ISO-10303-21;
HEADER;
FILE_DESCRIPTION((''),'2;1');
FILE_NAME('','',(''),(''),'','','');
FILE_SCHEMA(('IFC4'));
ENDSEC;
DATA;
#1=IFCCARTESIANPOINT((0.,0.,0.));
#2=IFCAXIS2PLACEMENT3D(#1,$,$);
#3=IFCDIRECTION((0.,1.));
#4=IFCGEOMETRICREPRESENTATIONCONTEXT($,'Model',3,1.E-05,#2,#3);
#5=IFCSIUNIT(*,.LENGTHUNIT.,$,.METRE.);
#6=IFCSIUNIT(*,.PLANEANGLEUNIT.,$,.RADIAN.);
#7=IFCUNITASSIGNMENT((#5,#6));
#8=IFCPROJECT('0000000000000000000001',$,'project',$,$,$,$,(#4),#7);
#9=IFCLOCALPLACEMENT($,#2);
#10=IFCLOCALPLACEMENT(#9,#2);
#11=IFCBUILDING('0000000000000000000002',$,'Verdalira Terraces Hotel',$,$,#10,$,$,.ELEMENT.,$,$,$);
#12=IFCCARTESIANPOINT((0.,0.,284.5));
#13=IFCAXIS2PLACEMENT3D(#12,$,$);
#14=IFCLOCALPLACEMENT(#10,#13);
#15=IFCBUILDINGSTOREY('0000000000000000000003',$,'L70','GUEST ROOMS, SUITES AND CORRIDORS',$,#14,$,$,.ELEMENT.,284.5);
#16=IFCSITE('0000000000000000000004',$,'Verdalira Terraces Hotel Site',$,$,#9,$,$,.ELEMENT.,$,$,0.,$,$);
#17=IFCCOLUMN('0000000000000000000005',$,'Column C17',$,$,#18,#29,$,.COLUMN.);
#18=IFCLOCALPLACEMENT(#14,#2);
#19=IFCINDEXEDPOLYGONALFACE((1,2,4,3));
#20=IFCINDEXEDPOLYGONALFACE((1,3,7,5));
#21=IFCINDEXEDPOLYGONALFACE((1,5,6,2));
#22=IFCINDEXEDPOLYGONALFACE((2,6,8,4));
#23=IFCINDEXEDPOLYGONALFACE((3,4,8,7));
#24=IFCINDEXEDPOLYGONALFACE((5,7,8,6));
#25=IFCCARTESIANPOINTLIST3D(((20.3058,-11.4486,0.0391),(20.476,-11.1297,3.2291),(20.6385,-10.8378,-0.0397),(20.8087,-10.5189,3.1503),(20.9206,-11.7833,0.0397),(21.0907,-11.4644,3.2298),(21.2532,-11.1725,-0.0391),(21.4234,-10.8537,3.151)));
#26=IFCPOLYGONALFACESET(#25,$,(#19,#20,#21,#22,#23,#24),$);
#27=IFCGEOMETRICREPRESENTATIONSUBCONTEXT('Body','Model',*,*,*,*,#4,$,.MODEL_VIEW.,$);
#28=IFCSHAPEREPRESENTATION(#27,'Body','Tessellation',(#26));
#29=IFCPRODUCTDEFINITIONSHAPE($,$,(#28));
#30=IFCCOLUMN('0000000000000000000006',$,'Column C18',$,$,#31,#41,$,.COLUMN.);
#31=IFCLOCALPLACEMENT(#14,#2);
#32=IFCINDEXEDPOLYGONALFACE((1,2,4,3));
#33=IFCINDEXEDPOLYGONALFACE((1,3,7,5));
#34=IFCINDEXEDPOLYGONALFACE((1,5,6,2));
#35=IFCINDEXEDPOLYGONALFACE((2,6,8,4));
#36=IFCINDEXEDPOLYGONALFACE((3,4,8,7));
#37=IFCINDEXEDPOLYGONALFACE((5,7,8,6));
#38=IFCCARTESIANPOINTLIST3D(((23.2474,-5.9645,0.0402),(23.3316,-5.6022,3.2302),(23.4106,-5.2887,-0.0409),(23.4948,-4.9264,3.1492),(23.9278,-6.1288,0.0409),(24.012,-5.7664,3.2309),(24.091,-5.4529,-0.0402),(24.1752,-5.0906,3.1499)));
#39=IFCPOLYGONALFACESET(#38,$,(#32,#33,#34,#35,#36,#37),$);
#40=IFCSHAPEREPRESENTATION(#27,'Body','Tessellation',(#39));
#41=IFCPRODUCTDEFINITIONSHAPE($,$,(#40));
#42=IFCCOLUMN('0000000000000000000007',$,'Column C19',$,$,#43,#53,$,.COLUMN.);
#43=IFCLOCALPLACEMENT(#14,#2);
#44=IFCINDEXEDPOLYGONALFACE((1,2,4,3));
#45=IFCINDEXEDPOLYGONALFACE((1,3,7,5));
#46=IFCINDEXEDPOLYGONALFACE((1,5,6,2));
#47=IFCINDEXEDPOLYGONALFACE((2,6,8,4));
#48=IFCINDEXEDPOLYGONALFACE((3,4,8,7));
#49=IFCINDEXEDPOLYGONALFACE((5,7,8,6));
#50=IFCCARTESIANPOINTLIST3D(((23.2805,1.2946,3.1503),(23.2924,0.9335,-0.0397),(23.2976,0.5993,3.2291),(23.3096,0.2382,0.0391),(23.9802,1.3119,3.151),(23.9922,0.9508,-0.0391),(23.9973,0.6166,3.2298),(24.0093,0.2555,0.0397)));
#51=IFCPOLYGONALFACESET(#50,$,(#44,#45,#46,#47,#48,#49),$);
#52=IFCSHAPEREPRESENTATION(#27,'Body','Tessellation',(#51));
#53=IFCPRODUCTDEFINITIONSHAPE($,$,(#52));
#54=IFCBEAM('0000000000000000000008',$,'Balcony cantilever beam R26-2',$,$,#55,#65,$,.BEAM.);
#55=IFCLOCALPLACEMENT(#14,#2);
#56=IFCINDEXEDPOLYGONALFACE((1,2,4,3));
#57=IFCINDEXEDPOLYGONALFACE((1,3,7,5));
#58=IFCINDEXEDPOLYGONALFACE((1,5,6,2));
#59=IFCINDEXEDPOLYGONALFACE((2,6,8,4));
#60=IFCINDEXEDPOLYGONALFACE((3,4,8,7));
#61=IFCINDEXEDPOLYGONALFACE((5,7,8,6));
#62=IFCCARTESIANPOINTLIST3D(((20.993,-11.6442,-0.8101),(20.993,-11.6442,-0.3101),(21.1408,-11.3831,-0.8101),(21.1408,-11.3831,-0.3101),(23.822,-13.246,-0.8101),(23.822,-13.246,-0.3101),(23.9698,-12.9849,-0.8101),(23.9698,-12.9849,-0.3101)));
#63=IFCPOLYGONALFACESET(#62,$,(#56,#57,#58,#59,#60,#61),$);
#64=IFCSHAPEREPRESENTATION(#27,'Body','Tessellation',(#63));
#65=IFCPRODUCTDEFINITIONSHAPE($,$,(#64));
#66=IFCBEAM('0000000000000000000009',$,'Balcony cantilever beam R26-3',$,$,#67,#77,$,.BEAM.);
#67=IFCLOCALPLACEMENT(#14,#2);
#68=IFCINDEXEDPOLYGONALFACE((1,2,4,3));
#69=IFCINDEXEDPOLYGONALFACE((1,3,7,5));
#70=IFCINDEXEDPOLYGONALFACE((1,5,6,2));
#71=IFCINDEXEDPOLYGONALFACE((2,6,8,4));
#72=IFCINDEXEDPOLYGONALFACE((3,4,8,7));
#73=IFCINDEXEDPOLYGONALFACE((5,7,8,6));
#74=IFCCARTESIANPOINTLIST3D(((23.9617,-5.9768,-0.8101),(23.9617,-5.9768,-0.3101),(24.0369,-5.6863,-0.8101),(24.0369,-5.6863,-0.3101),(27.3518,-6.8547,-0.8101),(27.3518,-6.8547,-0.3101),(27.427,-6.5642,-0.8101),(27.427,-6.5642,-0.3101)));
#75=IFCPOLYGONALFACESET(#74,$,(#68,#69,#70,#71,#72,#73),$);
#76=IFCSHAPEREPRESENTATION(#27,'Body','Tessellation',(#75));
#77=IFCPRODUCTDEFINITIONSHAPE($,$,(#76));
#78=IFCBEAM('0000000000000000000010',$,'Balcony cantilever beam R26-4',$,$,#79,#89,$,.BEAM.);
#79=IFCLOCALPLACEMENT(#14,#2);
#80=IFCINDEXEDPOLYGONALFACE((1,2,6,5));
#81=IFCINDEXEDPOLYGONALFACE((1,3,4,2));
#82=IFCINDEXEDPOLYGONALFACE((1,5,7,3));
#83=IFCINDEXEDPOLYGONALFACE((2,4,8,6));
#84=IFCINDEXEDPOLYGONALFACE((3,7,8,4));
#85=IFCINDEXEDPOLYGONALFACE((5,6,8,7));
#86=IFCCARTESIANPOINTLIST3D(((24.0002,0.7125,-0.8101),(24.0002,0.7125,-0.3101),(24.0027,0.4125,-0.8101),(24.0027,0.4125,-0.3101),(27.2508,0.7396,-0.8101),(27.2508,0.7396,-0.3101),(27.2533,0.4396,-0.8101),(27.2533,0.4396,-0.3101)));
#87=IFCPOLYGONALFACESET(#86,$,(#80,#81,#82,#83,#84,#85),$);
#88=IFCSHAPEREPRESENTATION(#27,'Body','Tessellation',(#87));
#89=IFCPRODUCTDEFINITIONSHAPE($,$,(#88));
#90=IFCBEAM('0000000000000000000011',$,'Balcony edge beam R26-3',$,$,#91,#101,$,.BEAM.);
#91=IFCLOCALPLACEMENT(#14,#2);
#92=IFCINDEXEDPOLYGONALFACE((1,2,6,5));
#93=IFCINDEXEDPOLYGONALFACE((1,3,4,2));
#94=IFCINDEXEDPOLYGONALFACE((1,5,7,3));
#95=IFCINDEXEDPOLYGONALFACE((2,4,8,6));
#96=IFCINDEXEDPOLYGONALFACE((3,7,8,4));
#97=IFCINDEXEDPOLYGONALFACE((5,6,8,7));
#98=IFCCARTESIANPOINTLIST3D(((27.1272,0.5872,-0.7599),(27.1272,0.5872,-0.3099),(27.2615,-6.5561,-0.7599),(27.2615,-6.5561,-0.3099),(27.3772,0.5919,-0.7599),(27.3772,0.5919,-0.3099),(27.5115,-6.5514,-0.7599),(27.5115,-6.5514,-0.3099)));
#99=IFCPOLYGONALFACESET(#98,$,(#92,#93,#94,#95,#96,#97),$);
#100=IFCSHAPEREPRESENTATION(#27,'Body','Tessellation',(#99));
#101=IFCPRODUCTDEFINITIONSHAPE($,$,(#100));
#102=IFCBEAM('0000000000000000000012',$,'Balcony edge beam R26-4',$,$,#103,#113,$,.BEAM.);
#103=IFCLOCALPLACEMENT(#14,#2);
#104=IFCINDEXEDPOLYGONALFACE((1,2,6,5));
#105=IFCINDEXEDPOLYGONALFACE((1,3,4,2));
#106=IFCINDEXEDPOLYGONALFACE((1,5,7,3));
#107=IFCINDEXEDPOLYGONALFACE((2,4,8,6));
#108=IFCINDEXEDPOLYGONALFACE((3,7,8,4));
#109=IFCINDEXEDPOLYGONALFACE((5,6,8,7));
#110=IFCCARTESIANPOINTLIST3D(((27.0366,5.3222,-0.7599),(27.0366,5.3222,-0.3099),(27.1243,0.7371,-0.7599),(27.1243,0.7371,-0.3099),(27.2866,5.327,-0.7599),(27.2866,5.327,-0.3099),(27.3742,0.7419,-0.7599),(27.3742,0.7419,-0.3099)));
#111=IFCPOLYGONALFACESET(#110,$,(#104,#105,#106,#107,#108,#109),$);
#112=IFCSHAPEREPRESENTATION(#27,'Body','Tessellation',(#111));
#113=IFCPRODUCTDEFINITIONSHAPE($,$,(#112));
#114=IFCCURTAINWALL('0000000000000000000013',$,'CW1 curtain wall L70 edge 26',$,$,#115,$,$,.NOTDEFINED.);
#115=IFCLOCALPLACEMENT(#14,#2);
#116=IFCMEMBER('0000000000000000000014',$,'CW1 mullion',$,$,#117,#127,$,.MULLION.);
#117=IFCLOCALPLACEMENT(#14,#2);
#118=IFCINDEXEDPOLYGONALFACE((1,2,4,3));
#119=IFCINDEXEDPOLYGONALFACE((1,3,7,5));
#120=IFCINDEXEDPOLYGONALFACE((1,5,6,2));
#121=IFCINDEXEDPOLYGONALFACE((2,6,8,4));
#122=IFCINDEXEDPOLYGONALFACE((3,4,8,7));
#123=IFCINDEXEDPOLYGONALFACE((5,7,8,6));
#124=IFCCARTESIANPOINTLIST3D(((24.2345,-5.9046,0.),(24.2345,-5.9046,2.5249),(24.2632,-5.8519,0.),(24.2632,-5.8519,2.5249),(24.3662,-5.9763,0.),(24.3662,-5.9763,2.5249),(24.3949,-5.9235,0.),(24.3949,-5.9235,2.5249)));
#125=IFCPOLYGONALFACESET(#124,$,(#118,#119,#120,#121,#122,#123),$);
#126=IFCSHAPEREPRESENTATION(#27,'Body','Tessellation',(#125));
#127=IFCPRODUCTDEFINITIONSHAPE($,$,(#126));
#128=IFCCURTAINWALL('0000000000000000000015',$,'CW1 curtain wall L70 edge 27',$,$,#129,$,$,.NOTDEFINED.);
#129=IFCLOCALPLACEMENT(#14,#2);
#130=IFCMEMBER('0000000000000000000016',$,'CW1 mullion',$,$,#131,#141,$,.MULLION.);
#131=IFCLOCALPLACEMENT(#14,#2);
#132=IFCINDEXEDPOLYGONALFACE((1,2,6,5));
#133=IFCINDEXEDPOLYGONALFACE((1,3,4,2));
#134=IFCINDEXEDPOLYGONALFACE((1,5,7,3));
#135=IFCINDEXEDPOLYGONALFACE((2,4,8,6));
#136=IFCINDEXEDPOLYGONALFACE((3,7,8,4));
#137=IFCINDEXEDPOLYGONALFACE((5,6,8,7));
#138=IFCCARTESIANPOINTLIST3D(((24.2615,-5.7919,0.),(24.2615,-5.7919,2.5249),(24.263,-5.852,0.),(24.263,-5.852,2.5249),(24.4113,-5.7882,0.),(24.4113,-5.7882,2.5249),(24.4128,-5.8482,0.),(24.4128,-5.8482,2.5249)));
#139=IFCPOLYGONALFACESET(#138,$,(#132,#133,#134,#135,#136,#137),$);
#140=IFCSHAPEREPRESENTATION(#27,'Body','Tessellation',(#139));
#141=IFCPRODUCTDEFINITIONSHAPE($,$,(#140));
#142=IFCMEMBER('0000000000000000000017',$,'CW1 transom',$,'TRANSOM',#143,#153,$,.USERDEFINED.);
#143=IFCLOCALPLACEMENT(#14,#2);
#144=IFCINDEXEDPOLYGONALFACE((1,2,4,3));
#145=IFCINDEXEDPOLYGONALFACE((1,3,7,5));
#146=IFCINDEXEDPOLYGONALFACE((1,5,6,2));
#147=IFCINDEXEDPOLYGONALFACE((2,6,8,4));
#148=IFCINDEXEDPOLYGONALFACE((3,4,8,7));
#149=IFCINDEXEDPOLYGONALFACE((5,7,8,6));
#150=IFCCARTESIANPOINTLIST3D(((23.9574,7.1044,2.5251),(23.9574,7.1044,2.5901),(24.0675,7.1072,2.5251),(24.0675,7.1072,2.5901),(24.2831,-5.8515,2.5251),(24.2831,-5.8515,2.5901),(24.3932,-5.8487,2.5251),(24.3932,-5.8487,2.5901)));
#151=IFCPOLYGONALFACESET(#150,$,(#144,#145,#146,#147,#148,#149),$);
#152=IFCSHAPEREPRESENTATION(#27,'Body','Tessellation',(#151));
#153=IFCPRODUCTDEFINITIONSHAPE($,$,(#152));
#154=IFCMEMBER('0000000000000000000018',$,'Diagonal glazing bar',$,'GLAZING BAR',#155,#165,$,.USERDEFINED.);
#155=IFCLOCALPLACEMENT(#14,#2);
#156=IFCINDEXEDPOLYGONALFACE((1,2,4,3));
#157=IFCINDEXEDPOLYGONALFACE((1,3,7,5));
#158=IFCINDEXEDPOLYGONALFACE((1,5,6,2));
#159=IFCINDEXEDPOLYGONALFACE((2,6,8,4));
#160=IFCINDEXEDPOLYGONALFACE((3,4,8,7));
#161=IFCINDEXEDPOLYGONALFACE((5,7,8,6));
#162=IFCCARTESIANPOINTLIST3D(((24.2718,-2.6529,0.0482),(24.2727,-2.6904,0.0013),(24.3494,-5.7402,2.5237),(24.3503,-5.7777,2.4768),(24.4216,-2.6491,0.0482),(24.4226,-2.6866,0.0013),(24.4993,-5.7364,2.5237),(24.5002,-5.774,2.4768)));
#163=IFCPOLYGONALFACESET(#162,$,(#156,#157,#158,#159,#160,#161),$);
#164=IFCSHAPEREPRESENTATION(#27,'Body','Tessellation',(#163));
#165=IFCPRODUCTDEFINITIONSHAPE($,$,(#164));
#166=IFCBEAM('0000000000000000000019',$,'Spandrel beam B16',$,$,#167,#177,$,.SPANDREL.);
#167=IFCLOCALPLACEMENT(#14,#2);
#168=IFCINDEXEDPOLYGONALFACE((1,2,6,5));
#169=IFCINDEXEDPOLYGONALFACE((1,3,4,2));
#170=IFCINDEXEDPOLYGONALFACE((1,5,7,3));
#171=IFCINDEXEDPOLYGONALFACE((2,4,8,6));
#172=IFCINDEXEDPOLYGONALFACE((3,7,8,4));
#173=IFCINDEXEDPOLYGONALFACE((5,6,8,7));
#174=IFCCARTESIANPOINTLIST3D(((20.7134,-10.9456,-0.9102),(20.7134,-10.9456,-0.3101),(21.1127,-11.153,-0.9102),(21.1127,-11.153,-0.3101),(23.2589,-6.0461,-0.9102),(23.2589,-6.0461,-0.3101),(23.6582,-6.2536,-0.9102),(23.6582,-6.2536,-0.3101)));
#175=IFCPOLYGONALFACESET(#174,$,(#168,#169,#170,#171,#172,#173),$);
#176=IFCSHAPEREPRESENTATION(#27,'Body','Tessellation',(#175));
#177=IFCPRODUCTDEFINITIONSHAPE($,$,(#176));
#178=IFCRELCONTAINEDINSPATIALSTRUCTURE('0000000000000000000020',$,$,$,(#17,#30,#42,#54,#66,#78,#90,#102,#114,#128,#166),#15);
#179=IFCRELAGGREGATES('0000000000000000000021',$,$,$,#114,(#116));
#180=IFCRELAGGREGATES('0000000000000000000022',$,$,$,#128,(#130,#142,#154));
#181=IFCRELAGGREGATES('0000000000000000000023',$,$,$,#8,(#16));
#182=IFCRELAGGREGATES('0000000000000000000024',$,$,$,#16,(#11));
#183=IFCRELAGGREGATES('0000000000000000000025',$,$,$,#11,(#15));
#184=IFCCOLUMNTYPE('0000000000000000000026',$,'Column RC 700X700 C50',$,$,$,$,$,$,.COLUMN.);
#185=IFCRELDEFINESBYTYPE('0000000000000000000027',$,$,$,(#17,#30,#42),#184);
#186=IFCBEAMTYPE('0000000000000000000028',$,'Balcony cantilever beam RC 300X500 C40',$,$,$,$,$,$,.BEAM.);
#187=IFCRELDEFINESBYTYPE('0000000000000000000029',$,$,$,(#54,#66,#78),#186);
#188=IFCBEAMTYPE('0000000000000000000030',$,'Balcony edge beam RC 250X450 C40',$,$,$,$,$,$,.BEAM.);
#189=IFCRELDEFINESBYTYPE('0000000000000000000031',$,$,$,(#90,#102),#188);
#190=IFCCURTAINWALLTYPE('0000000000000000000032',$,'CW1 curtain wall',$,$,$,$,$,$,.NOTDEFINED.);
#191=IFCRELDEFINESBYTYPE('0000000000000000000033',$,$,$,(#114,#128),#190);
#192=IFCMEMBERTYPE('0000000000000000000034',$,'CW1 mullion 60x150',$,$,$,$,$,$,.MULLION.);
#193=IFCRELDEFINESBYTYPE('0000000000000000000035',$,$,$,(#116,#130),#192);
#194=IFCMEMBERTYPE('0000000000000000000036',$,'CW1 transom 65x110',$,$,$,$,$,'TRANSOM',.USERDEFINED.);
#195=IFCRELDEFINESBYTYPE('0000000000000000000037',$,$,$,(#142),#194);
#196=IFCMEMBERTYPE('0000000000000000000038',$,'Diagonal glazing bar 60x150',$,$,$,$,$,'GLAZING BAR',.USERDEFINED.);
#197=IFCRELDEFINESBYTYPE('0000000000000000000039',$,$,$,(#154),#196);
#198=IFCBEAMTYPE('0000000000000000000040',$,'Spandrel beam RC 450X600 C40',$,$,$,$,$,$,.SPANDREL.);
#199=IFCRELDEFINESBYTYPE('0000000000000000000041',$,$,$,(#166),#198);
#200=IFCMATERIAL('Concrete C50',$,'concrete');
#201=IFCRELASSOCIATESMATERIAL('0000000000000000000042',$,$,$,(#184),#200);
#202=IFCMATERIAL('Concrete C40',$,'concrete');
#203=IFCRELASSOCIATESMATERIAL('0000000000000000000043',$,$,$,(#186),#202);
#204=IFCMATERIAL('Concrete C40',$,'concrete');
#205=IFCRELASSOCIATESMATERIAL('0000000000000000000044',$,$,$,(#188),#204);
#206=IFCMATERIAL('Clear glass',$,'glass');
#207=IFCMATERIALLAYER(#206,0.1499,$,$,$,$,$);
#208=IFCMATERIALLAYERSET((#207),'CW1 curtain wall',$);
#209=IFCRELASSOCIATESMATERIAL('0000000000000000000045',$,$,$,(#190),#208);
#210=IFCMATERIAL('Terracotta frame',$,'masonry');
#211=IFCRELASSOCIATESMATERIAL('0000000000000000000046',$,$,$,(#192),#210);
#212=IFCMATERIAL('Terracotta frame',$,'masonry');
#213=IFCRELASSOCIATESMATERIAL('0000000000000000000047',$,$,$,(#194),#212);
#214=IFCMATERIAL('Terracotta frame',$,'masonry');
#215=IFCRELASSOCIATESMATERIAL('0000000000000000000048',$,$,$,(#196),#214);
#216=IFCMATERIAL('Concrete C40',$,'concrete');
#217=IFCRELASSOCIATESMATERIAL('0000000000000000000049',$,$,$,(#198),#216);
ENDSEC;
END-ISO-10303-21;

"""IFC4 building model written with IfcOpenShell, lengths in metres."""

from ifc_helpers import new_model, si_unit, direction, frame, origin, origin_2d, place, context, subcontext, project, spatial, rectangle, extrude, material, layer, layer_set, material_profile, profile_set, type_object, element, aggregate, save


model = new_model("IFC4")

# Units and contexts
model_context = context("Model", 3, precision=1e-05, world=origin(), true_north=direction((0.0, 1.0)))
body_context = subcontext(model_context, "Body", "Model", "MODEL_VIEW")
ifc_project = project(units=[si_unit("LENGTHUNIT", "METRE"), si_unit("PLANEANGLEUNIT", "RADIAN")], contexts=[model_context])

# Site, building, storey
site_placement = place(None, origin())
site = spatial("IfcSite", under=ifc_project, at=site_placement, Name="Verdalira Terraces Hotel Site", CompositionType="ELEMENT", RefElevation=0.0)
building_placement = place(site_placement, origin())
building = spatial("IfcBuilding", under=site, at=building_placement, Name="Verdalira Terraces Hotel", CompositionType="ELEMENT")
storey_placement = place(building_placement, frame((0.0, 0.0, 284.5)))
storey = spatial("IfcBuildingStorey", under=building, at=storey_placement, Name="L70", Description="GUEST ROOMS, SUITES AND CORRIDORS", CompositionType="ELEMENT", Elevation=284.5)

# Columns
ifc_material_1 = material(Name="Concrete C50", Category="concrete")
ifc_material_profile_1 = material_profile(ifc_material_1, rectangle(XDim=0.7, YDim=0.7, at=origin_2d()), Name="RC 700X700")
ifc_profile_set_1 = profile_set([ifc_material_profile_1], Name="Concrete C50")
column_type = type_object("IfcColumnType", Name="Column RC 700X700 C50", PredefinedType="COLUMN", material=ifc_profile_set_1)
column_1_placement = place(storey_placement, frame((20.7795, -11.3105, 0.0), z_axis=(0.053005, 0.099319, 0.993643), x_axis=(0.475262, 0.872613, -0.112574)))
element("IfcColumn", 1, at=column_1_placement, inside=storey, type_object=column_type, Name="Column C17", PredefinedType="COLUMN", context=body_context, shape_type="SweptSolid", body=[
    extrude(rectangle(XDim=0.7, YDim=0.7, at=origin_2d()), origin(), (0.0, 0.0, 1.0), 3.2104),
])
column_2_placement = place(storey_placement, frame((23.6692, -5.7087, 0.0), z_axis=(0.026227, 0.112813, 0.99327), x_axis=(-0.233123, -0.965526, 0.115817)))
element("IfcColumn", 2, at=column_2_placement, inside=storey, type_object=column_type, Name="Column C18", PredefinedType="COLUMN", context=body_context, shape_type="SweptSolid", body=[
    extrude(rectangle(XDim=0.7, YDim=0.7, at=origin_2d()), origin(), (0.0, 0.0, 1.0), 3.2117),
])
column_3_placement = place(storey_placement, frame((23.6509, 0.5945, 0.0), z_axis=(-0.003726, 0.112475, 0.993648), x_axis=(-0.024474, 0.993347, -0.112533)))
element("IfcColumn", 3, at=column_3_placement, inside=storey, type_object=column_type, Name="Column C19", PredefinedType="COLUMN", context=body_context, shape_type="SweptSolid", body=[
    extrude(rectangle(XDim=0.7, YDim=0.7, at=origin_2d()), origin(), (0.0, 0.0, 1.0), 3.2104),
])

# Beams
ifc_material_2 = material(Name="Concrete C40", Category="concrete")
ifc_material_profile_2 = material_profile(ifc_material_2, rectangle(XDim=0.3, YDim=0.5, at=origin_2d()), Name="RC 300X500")
ifc_profile_set_2 = profile_set([ifc_material_profile_2], Name="Concrete C40")
beam_type_1 = type_object("IfcBeamType", Name="Balcony cantilever beam RC 300X500 C40", PredefinedType="BEAM", material=ifc_profile_set_2)
beam_1_placement = place(storey_placement, frame((21.0669, -11.5137, -0.5601), z_axis=(0.8702, -0.492698, 0.0), x_axis=(0.492698, 0.8702, 0.0)))
element("IfcBeam", 4, at=beam_1_placement, inside=storey, type_object=beam_type_1, Name="Balcony cantilever beam R26-2", PredefinedType="BEAM", context=body_context, shape_type="SweptSolid", body=[
    extrude(rectangle(XDim=0.3, YDim=0.5, at=origin_2d()), origin(), (0.0, 0.0, 1.0), 3.251),
])
beam_2_placement = place(storey_placement, frame((23.9993, -5.8315, -0.5601), z_axis=(0.968066, -0.250696, 0.0), x_axis=(0.250696, 0.968066, 0.0)))
element("IfcBeam", 5, at=beam_2_placement, inside=storey, type_object=beam_type_1, Name="Balcony cantilever beam R26-3", PredefinedType="BEAM", context=body_context, shape_type="SweptSolid", body=[
    extrude(rectangle(XDim=0.3, YDim=0.5, at=origin_2d()), origin(), (0.0, 0.0, 1.0), 3.502),
])
beam_3_placement = place(storey_placement, frame((24.0015, 0.5625, -0.5601), z_axis=(0.999965, 0.008336, 0.0), x_axis=(-0.008336, 0.999965, 0.0)))
element("IfcBeam", 6, at=beam_3_placement, inside=storey, type_object=beam_type_1, Name="Balcony cantilever beam R26-4", PredefinedType="BEAM", context=body_context, shape_type="SweptSolid", body=[
    extrude(rectangle(XDim=0.3, YDim=0.5, at=origin_2d()), origin(), (0.0, 0.0, 1.0), 3.2507),
])
ifc_material_3 = material(Name="Concrete C40", Category="concrete")
ifc_material_profile_3 = material_profile(ifc_material_3, rectangle(XDim=0.25, YDim=0.45, at=origin_2d()), Name="RC 250X450")
ifc_profile_set_3 = profile_set([ifc_material_profile_3], Name="Concrete C40")
beam_type_2 = type_object("IfcBeamType", Name="Balcony edge beam RC 250X450 C40", PredefinedType="BEAM", material=ifc_profile_set_3)
beam_4_placement = place(storey_placement, frame((27.3865, -6.5537, -0.5349), z_axis=(-0.018794, 0.999823, 0.0), x_axis=(-0.999823, -0.018794, 0.0)))
element("IfcBeam", 7, at=beam_4_placement, inside=storey, type_object=beam_type_2, Name="Balcony edge beam R26-3", PredefinedType="BEAM", context=body_context, shape_type="SweptSolid", body=[
    extrude(rectangle(XDim=0.25, YDim=0.45, at=origin_2d()), origin(), (0.0, 0.0, 1.0), 7.1445),
])
beam_5_placement = place(storey_placement, frame((27.2493, 0.7395, -0.5349), z_axis=(-0.019112, 0.999817, 0.0), x_axis=(-0.999817, -0.019112, 0.0)))
element("IfcBeam", 8, at=beam_5_placement, inside=storey, type_object=beam_type_2, Name="Balcony edge beam R26-4", PredefinedType="BEAM", context=body_context, shape_type="SweptSolid", body=[
    extrude(rectangle(XDim=0.25, YDim=0.45, at=origin_2d()), origin(), (0.0, 0.0, 1.0), 4.5859),
])

# Curtain wall, member
ifc_material_4 = material(Name="Clear glass", Category="glass")
ifc_layer_1 = layer(ifc_material_4, 0.1499)
ifc_layer_set_1 = layer_set([ifc_layer_1], Name="CW1 curtain wall")
curtain_wall_type = type_object("IfcCurtainWallType", Name="CW1 curtain wall", PredefinedType="NOTDEFINED", material=ifc_layer_set_1)
curtain_wall_1_placement = place(storey_placement, origin())
curtain_wall_1 = element("IfcCurtainWall", 9, at=curtain_wall_1_placement, inside=storey, type_object=curtain_wall_type, Name="CW1 curtain wall L70 edge 26", PredefinedType="NOTDEFINED")
ifc_material_5 = material(Name="Terracotta frame", Category="masonry")
ifc_material_profile_4 = material_profile(ifc_material_5, rectangle(XDim=0.0601, YDim=0.1499, at=origin_2d()), Name="MU 60x150")
ifc_profile_set_4 = profile_set([ifc_material_profile_4], Name="Terracotta frame")
member_type_1 = type_object("IfcMemberType", Name="CW1 mullion 60x150", PredefinedType="MULLION", material=ifc_profile_set_4)
member_1_placement = place(storey_placement, frame((24.3147, -5.9141, 0.0), z_axis=(0.0, 0.0, 1.0), x_axis=(0.478079, 0.878317, 0.0)))
member_1 = element("IfcMember", 10, at=member_1_placement, type_object=member_type_1, Name="CW1 mullion", PredefinedType="MULLION", context=body_context, shape_type="SweptSolid", body=[
    extrude(rectangle(XDim=0.0601, YDim=0.1499, at=origin_2d()), origin(), (0.0, 0.0, 1.0), 2.5249),
])

# Curtain wall, members
curtain_wall_2_placement = place(storey_placement, origin())
curtain_wall_2 = element("IfcCurtainWall", 11, at=curtain_wall_2_placement, inside=storey, type_object=curtain_wall_type, Name="CW1 curtain wall L70 edge 27", PredefinedType="NOTDEFINED")
member_2_placement = place(storey_placement, frame((24.3372, -5.8201, 0.0), z_axis=(0.0, 0.0, 1.0), x_axis=(-0.02513, 0.999684, 0.0)))
member_2 = element("IfcMember", 12, at=member_2_placement, type_object=member_type_1, Name="CW1 mullion", PredefinedType="MULLION", context=body_context, shape_type="SweptSolid", body=[
    extrude(rectangle(XDim=0.0601, YDim=0.1499, at=origin_2d()), origin(), (0.0, 0.0, 1.0), 2.5249),
])
ifc_material_6 = material(Name="Terracotta frame", Category="masonry")
ifc_material_profile_5 = material_profile(ifc_material_6, rectangle(XDim=0.1101, YDim=0.0649, at=origin_2d()), Name="TR 65x110")
ifc_profile_set_5 = profile_set([ifc_material_profile_5], Name="Terracotta frame")
member_type_2 = type_object("IfcMemberType", Name="CW1 transom 65x110", ElementType="TRANSOM", PredefinedType="USERDEFINED", material=ifc_profile_set_5)
member_3_placement = place(storey_placement, frame((24.3381, -5.8501, 2.5576), z_axis=(-0.02513, 0.999684, 0.0), x_axis=(-0.999684, -0.02513, 0.0)))
member_3 = element("IfcMember", 13, at=member_3_placement, type_object=member_type_2, Name="CW1 transom", ObjectType="TRANSOM", PredefinedType="USERDEFINED", context=body_context, shape_type="SweptSolid", body=[
    extrude(rectangle(XDim=0.1101, YDim=0.0649, at=origin_2d()), origin(), (0.0, 0.0, 1.0), 12.96),
])
ifc_material_7 = material(Name="Terracotta frame", Category="masonry")
ifc_material_profile_6 = material_profile(ifc_material_7, rectangle(XDim=0.1499, YDim=0.0601, at=origin_2d()), Name="GB 60x150")
ifc_profile_set_6 = profile_set([ifc_material_profile_6], Name="Terracotta frame")
member_type_3 = type_object("IfcMemberType", Name="Diagonal glazing bar 60x150", ElementType="GLAZING BAR", PredefinedType="USERDEFINED", material=ifc_profile_set_6)
member_4_placement = place(storey_placement, frame((24.4248, -5.7571, 2.5002), z_axis=(-0.019615, 0.78002, -0.625447), x_axis=(-0.999684, -0.025138, 0.0)))
member_4 = element("IfcMember", 14, at=member_4_placement, type_object=member_type_3, Name="Diagonal glazing bar", ObjectType="GLAZING BAR", PredefinedType="USERDEFINED", context=body_context, shape_type="SweptSolid", body=[
    extrude(rectangle(XDim=0.1499, YDim=0.0601, at=origin_2d()), origin(), (0.0, 0.0, 1.0), 3.958),
])

# Beam
ifc_material_8 = material(Name="Concrete C40", Category="concrete")
ifc_material_profile_7 = material_profile(ifc_material_8, rectangle(XDim=0.45, YDim=0.6001, at=origin_2d()), Name="RC 450X600")
ifc_profile_set_7 = profile_set([ifc_material_profile_7], Name="Concrete C40")
beam_type_3 = type_object("IfcBeamType", Name="Spandrel beam RC 450X600 C40", PredefinedType="SPANDREL", material=ifc_profile_set_7)
beam_6_placement = place(storey_placement, frame((20.9131, -11.0493, -0.6101), z_axis=(0.461027, 0.887386, 0.0), x_axis=(-0.887386, 0.461027, 0.0)))
element("IfcBeam", 15, at=beam_6_placement, inside=storey, type_object=beam_type_3, Name="Spandrel beam B16", PredefinedType="SPANDREL", context=body_context, shape_type="SweptSolid", body=[
    extrude(rectangle(XDim=0.45, YDim=0.6001, at=origin_2d()), origin(), (0.0, 0.0, 1.0), 5.5212),
])

aggregate(curtain_wall_1, [member_1])
aggregate(curtain_wall_2, [member_2, member_3, member_4])

save(model, "model.ifc")
